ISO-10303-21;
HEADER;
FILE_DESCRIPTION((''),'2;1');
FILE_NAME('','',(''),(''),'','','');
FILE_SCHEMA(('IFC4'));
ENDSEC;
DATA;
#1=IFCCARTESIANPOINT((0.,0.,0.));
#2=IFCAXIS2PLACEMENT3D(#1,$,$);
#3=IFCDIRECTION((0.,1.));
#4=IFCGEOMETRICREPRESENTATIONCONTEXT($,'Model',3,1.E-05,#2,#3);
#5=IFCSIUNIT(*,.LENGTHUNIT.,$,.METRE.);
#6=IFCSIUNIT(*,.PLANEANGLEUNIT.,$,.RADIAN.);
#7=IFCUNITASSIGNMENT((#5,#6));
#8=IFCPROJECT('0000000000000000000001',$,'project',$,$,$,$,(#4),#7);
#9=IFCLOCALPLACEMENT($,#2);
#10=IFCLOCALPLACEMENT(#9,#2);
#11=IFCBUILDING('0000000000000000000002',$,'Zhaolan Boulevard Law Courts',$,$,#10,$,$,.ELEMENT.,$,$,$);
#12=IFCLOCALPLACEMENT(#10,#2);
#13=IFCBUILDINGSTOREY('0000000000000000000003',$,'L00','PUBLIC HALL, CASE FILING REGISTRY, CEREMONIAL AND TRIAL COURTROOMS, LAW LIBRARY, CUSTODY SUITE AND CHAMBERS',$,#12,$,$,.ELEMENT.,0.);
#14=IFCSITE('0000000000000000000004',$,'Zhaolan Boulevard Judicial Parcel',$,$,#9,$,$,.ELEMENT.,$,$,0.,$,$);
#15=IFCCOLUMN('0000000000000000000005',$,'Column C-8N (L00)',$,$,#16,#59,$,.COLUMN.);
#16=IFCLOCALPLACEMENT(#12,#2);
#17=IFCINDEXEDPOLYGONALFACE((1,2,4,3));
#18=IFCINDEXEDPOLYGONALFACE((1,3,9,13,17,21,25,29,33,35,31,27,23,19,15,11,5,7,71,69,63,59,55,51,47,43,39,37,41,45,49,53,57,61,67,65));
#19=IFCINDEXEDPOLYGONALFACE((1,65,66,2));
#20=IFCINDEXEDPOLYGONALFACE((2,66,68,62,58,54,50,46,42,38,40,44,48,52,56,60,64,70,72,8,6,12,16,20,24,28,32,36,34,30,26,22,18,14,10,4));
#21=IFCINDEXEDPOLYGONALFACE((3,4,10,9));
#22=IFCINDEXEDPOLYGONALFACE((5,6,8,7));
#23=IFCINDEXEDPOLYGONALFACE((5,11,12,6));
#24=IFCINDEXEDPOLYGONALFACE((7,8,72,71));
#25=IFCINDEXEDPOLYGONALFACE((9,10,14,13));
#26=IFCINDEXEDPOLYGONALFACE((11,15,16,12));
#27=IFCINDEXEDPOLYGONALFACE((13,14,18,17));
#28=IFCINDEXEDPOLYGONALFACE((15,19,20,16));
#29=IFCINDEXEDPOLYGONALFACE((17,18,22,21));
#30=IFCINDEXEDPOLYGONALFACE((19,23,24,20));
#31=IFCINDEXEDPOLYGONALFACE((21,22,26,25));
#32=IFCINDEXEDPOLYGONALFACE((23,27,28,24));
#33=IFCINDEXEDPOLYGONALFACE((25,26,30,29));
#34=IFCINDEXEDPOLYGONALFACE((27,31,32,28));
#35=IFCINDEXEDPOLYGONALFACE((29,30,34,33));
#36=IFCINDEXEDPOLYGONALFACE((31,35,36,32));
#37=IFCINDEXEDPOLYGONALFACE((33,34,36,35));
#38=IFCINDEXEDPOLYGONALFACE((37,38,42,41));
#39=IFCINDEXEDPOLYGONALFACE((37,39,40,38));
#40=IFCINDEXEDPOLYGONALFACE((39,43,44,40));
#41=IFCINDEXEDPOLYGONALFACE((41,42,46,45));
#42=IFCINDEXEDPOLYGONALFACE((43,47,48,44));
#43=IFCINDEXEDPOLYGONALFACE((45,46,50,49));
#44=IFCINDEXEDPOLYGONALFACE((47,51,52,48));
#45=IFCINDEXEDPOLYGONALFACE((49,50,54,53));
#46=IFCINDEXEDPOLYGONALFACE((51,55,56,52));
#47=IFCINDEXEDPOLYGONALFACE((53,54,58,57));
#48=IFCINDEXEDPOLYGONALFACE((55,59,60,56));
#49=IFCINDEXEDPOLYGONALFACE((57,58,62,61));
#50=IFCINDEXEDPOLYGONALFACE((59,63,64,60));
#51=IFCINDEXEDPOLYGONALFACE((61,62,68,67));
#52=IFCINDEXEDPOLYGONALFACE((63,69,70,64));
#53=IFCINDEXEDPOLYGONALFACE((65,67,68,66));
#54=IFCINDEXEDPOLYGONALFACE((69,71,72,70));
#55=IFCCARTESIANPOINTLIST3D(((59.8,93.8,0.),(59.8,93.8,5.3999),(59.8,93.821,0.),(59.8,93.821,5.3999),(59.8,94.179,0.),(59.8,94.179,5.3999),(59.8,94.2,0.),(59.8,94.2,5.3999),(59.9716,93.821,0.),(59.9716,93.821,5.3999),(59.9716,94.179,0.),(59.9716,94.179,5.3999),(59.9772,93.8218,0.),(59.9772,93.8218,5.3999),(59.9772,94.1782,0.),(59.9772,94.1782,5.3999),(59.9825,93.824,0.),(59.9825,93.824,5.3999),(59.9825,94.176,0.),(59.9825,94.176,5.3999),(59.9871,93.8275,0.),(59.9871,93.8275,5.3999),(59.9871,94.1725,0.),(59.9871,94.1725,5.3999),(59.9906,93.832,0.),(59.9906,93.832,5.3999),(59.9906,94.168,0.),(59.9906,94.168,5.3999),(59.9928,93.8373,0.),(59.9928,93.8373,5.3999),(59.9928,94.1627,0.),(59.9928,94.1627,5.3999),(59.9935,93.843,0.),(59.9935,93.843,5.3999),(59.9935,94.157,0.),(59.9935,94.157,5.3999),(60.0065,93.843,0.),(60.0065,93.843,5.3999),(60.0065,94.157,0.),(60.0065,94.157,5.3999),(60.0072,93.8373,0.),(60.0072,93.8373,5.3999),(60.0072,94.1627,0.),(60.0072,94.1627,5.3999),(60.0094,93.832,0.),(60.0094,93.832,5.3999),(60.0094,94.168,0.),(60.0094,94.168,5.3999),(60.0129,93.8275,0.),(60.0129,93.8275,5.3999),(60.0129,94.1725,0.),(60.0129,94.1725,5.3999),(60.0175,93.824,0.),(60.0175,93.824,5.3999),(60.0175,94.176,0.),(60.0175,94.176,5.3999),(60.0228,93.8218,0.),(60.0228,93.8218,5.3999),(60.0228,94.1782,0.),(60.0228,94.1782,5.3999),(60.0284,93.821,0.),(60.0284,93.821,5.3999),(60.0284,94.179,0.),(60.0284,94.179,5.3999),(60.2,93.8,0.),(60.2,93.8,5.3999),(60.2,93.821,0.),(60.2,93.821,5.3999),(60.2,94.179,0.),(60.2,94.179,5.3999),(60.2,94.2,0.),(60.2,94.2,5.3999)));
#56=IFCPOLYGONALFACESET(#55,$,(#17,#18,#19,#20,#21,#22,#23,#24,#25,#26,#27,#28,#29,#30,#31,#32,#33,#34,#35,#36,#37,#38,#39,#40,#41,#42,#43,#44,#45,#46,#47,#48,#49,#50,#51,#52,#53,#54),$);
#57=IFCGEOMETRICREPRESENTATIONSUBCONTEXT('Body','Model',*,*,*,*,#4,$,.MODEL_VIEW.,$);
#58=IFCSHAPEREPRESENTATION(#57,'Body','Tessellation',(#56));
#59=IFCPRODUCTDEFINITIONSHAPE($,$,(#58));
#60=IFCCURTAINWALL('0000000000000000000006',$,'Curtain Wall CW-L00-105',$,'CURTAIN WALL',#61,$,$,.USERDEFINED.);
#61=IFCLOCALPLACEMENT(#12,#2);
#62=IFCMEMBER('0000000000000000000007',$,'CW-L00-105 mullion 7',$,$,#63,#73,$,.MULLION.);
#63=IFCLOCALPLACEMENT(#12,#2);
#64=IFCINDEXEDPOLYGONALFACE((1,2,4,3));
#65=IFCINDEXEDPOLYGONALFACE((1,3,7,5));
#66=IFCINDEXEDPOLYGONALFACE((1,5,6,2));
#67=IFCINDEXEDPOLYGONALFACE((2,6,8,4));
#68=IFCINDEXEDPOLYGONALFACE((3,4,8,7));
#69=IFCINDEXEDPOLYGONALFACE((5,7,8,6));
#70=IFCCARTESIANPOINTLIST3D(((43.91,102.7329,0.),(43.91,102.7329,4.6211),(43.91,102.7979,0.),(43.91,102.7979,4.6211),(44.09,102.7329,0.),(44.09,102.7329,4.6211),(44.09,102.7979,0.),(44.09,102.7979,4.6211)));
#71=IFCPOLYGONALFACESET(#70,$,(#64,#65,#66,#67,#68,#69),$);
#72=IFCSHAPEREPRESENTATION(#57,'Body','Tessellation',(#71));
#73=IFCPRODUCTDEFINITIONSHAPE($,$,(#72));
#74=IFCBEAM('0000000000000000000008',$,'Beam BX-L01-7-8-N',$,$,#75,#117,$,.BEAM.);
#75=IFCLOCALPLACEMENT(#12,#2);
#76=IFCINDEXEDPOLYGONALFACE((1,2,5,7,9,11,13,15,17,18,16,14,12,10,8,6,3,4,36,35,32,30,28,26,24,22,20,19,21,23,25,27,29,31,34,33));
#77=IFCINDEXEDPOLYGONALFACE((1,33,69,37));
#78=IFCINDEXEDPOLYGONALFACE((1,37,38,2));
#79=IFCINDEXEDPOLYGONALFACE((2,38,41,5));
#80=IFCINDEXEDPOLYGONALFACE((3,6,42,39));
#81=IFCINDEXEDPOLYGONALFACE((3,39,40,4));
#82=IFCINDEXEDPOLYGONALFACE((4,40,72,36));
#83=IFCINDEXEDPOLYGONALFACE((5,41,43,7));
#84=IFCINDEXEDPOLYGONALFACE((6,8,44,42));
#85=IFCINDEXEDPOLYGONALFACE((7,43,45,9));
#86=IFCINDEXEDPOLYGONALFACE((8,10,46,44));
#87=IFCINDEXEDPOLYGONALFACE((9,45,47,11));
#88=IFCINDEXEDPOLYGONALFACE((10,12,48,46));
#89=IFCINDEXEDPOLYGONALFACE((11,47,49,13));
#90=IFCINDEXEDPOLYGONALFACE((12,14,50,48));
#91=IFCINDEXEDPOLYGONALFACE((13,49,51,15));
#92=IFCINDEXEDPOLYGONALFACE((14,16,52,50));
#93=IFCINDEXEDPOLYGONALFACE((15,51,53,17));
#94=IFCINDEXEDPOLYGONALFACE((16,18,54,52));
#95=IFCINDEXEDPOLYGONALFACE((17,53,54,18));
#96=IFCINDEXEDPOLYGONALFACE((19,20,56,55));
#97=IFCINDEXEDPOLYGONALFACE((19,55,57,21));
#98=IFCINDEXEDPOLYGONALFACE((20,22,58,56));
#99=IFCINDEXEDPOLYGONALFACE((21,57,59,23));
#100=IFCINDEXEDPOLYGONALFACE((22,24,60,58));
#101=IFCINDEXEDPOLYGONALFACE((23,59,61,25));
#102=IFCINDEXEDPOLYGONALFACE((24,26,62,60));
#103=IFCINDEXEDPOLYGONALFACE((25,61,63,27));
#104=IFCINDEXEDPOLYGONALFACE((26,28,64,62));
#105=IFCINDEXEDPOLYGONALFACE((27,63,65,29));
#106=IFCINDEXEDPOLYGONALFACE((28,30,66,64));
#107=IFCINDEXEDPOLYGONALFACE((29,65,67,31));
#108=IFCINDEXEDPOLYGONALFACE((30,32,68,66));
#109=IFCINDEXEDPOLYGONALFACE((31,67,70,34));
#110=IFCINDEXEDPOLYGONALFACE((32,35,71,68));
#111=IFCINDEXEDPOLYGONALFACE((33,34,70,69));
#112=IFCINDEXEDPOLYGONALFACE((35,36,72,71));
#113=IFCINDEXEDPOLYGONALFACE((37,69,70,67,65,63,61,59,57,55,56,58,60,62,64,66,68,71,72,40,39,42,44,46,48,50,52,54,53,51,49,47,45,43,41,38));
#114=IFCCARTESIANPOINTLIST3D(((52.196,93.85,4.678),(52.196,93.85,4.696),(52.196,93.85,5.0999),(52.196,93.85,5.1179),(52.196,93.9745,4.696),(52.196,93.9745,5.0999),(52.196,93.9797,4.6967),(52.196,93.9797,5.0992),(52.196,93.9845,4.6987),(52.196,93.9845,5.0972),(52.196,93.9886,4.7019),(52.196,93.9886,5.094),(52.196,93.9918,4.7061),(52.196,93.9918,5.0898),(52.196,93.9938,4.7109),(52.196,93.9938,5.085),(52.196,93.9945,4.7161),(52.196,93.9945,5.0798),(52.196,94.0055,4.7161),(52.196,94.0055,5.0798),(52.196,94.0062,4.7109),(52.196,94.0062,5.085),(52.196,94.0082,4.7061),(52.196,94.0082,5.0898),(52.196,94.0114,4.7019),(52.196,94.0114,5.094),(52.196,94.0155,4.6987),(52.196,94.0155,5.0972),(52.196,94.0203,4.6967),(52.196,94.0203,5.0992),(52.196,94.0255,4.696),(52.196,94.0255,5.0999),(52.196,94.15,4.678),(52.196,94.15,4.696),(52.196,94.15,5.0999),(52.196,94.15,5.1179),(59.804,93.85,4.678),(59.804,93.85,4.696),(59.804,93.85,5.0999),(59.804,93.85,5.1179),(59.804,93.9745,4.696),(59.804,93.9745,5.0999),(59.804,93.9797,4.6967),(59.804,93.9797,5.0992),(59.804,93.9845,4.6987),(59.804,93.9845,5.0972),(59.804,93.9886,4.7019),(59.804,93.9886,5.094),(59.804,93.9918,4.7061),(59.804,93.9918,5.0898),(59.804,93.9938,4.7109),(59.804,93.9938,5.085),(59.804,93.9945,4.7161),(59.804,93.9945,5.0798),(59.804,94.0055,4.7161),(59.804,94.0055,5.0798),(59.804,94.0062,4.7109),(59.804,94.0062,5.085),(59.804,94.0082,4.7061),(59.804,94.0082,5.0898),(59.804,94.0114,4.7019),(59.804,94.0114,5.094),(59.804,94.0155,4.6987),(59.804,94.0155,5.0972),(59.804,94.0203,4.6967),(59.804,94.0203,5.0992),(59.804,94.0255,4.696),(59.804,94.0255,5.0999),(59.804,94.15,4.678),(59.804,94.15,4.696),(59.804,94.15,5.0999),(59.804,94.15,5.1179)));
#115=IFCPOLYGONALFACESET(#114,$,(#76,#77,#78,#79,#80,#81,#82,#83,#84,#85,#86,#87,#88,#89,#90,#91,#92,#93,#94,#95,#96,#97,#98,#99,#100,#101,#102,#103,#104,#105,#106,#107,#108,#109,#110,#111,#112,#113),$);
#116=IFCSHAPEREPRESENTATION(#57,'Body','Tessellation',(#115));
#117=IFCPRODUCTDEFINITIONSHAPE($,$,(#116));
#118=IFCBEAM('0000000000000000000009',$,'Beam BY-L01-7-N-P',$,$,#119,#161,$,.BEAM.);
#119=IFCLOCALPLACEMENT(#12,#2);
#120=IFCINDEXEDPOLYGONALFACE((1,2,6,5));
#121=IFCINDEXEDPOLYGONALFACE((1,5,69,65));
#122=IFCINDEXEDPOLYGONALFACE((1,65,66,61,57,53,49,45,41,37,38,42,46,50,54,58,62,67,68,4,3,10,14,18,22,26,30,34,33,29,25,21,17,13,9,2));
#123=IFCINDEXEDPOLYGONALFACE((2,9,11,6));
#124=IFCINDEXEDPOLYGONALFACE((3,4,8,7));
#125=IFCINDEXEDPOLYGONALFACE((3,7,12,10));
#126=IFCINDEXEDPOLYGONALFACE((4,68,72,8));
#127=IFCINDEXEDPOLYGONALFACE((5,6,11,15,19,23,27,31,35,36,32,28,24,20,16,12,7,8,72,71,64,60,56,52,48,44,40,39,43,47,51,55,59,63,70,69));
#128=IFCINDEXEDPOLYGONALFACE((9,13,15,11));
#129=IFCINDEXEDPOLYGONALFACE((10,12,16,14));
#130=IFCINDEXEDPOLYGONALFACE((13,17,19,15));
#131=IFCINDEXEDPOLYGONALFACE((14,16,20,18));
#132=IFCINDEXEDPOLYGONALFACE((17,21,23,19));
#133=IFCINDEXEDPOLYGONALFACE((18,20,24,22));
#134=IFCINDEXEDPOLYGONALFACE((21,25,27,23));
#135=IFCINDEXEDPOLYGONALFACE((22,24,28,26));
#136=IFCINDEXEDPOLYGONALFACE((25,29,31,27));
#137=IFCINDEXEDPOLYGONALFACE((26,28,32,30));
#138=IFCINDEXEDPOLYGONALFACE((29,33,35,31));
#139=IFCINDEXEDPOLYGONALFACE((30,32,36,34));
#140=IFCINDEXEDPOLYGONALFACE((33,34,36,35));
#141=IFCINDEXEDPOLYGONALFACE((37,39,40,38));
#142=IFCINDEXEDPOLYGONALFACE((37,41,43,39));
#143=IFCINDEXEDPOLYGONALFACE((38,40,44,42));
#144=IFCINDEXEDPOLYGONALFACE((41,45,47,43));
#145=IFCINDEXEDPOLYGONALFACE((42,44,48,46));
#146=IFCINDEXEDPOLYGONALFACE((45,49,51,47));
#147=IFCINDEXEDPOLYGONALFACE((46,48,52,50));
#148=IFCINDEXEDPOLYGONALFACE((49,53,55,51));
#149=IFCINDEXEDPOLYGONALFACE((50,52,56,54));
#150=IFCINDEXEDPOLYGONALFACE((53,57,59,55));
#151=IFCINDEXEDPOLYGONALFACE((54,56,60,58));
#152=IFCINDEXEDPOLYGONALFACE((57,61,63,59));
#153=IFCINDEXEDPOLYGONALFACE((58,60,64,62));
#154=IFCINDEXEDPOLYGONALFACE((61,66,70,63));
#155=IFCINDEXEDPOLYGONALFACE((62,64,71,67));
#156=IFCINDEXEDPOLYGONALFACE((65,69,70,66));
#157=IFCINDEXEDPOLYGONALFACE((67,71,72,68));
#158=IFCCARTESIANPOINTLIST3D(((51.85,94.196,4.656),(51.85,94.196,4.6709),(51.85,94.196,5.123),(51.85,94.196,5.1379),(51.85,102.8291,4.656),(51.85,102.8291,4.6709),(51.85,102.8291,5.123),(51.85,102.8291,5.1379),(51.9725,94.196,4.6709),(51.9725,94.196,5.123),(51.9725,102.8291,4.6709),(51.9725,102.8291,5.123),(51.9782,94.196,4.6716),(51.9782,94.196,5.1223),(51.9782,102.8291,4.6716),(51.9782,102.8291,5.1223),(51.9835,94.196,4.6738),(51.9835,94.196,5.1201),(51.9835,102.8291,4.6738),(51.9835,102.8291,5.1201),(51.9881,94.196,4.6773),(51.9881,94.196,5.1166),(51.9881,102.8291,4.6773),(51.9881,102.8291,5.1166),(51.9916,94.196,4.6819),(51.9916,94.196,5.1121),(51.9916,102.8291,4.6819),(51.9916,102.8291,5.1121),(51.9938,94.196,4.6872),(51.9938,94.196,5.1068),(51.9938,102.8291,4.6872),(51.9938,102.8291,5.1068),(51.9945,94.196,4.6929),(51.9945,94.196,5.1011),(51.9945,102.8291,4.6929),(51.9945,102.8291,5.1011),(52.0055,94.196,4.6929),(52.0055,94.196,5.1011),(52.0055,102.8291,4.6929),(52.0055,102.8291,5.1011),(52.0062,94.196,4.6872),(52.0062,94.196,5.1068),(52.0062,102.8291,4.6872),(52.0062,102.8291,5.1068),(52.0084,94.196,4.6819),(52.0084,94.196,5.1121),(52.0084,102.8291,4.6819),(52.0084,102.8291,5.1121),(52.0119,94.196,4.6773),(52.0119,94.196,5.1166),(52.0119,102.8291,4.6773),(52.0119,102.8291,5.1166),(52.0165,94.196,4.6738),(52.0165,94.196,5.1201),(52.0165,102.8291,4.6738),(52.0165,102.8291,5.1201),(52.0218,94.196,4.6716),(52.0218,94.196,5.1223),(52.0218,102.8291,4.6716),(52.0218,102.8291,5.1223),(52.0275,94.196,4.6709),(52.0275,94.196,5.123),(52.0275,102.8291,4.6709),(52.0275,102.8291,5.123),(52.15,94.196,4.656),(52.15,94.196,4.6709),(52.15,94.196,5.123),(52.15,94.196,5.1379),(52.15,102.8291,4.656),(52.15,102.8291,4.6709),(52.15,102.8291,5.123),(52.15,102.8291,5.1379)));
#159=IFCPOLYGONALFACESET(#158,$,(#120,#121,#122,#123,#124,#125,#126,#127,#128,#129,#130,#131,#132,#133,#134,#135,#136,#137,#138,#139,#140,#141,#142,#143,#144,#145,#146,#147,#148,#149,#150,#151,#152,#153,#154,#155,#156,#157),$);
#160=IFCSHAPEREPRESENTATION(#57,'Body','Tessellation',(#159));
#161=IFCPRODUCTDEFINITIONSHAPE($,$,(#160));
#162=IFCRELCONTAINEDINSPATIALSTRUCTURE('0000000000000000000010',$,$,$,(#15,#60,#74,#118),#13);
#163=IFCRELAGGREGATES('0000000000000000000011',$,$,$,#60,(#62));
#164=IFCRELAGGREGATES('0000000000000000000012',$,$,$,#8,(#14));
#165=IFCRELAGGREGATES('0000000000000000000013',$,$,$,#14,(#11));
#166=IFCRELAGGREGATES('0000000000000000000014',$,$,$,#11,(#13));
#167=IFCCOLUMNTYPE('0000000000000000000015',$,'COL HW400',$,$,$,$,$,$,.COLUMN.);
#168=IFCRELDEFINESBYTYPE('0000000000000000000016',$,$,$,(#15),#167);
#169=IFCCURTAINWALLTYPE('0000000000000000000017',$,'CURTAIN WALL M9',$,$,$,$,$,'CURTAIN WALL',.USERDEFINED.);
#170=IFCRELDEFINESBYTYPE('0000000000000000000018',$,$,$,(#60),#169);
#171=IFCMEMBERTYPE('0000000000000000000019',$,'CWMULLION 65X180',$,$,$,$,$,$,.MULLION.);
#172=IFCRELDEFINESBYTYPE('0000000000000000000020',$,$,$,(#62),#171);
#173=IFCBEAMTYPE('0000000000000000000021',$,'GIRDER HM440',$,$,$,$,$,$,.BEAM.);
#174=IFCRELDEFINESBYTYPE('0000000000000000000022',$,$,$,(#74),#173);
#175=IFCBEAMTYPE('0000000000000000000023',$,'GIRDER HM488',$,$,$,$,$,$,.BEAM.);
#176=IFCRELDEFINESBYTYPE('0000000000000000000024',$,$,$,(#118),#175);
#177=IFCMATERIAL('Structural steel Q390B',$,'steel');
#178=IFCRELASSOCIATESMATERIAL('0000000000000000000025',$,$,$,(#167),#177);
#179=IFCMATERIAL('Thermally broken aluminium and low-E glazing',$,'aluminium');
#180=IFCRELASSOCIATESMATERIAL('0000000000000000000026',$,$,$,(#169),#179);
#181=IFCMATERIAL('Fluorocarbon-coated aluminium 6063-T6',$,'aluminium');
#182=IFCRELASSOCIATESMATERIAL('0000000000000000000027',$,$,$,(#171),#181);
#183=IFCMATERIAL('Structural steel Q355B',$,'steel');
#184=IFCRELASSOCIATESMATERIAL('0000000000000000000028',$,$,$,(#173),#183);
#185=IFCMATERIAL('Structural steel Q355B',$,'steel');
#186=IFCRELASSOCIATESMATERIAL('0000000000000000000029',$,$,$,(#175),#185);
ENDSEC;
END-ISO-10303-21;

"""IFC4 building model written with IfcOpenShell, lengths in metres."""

from ifc_helpers import new_model, si_unit, direction, frame, origin, origin_2d, place, context, subcontext, project, spatial, rectangle, i_section, extrude, material, material_profile, profile_set, type_object, element, aggregate, save


model = new_model("IFC4")

# Units and contexts
model_context = context("Model", 3, precision=1e-05, world=origin(), true_north=direction((0.0, 1.0)))
body_context = subcontext(model_context, "Body", "Model", "MODEL_VIEW")
ifc_project = project(units=[si_unit("LENGTHUNIT", "METRE"), si_unit("PLANEANGLEUNIT", "RADIAN")], contexts=[model_context])

# Site, building, storey
site_placement = place(None, origin())
site = spatial("IfcSite", under=ifc_project, at=site_placement, Name="Zhaolan Boulevard Judicial Parcel", CompositionType="ELEMENT", RefElevation=0.0)
building_placement = place(site_placement, origin())
building = spatial("IfcBuilding", under=site, at=building_placement, Name="Zhaolan Boulevard Law Courts", CompositionType="ELEMENT")
storey_placement = place(building_placement, origin())
storey = spatial("IfcBuildingStorey", under=building, at=storey_placement, Name="L00", Description="PUBLIC HALL, CASE FILING REGISTRY, CEREMONIAL AND TRIAL COURTROOMS, LAW LIBRARY, CUSTODY SUITE AND CHAMBERS", CompositionType="ELEMENT", Elevation=0.0)

# Column
ifc_material_1 = material(Name="Structural steel Q390B", Category="steel")
ifc_material_profile_1 = material_profile(ifc_material_1, i_section(OverallWidth=0.3999, OverallDepth=0.3999, WebThickness=0.0129, FlangeThickness=0.021, FilletRadius=0.022, at=origin_2d()), Name="HW400x400")
ifc_profile_set_1 = profile_set([ifc_material_profile_1], Name="Structural steel Q390B")
column_type = type_object("IfcColumnType", Name="COL HW400", PredefinedType="COLUMN", material=ifc_profile_set_1)
column_placement = place(storey_placement, frame((60.0, 94.0, 0.0), z_axis=(0.0, 0.0, 1.0), x_axis=(1.0, 0.0, 0.0)))
element("IfcColumn", 1, at=column_placement, inside=storey, type_object=column_type, Name="Column C-8N (L00)", PredefinedType="COLUMN", context=body_context, shape_type="SweptSolid", body=[
    extrude(i_section(OverallWidth=0.3999, OverallDepth=0.3999, WebThickness=0.0129, FlangeThickness=0.021, FilletRadius=0.022, at=origin_2d()), origin(), (0.0, 0.0, 1.0), 5.3999),
])

# Curtain wall, member
ifc_material_2 = material(Name="Thermally broken aluminium and low-E glazing", Category="aluminium")
curtain_wall_type = type_object("IfcCurtainWallType", Name="CURTAIN WALL M9", ElementType="CURTAIN WALL", PredefinedType="USERDEFINED", material=ifc_material_2)
curtain_wall_placement = place(storey_placement, origin())
curtain_wall = element("IfcCurtainWall", 2, at=curtain_wall_placement, inside=storey, type_object=curtain_wall_type, Name="Curtain Wall CW-L00-105", ObjectType="CURTAIN WALL", PredefinedType="USERDEFINED")
ifc_material_3 = material(Name="Fluorocarbon-coated aluminium 6063-T6", Category="aluminium")
ifc_material_profile_2 = material_profile(ifc_material_3, rectangle(XDim=0.1799, YDim=0.0649, at=origin_2d()), Name="AL65x180")
ifc_profile_set_2 = profile_set([ifc_material_profile_2], Name="Fluorocarbon-coated aluminium 6063-T6")
member_type = type_object("IfcMemberType", Name="CWMULLION 65X180", PredefinedType="MULLION", material=ifc_profile_set_2)
member_placement = place(storey_placement, frame((44.0, 102.7654, 0.0), z_axis=(0.0, 0.0, 1.0), x_axis=(-1.0, 0.0, 0.0)))
member = element("IfcMember", 3, at=member_placement, type_object=member_type, Name="CW-L00-105 mullion 7", PredefinedType="MULLION", context=body_context, shape_type="SweptSolid", body=[
    extrude(rectangle(XDim=0.1799, YDim=0.0649, at=origin_2d()), origin(), (0.0, 0.0, 1.0), 4.6211),
])

# Beams
ifc_material_4 = material(Name="Structural steel Q355B", Category="steel")
ifc_material_profile_3 = material_profile(ifc_material_4, i_section(OverallWidth=0.3, OverallDepth=0.4399, WebThickness=0.011, FlangeThickness=0.0181, FilletRadius=0.02, at=origin_2d()), Name="HM440x300")
ifc_profile_set_3 = profile_set([ifc_material_profile_3], Name="Structural steel Q355B")
beam_type_1 = type_object("IfcBeamType", Name="GIRDER HM440", PredefinedType="BEAM", material=ifc_profile_set_3)
beam_1_placement = place(storey_placement, frame((52.196, 94.0, 4.8979), z_axis=(1.0, 0.0, 0.0), x_axis=(0.0, 1.0, 0.0)))
element("IfcBeam", 4, at=beam_1_placement, inside=storey, type_object=beam_type_1, Name="Beam BX-L01-7-8-N", PredefinedType="BEAM", context=body_context, shape_type="SweptSolid", body=[
    extrude(i_section(OverallWidth=0.3, OverallDepth=0.4399, WebThickness=0.011, FlangeThickness=0.0181, FilletRadius=0.02, at=origin_2d()), origin(), (0.0, 0.0, 1.0), 7.6079),
])
ifc_material_5 = material(Name="Structural steel Q355B", Category="steel")
ifc_material_profile_4 = material_profile(ifc_material_5, i_section(OverallWidth=0.3, OverallDepth=0.4819, WebThickness=0.011, FlangeThickness=0.0149, FilletRadius=0.022, at=origin_2d()), Name="HM482x300")
ifc_profile_set_4 = profile_set([ifc_material_profile_4], Name="Structural steel Q355B")
beam_type_2 = type_object("IfcBeamType", Name="GIRDER HM488", PredefinedType="BEAM", material=ifc_profile_set_4)
for number, where, z_axis, x_axis, name in (
    (5, (52.0, 94.196, 4.897), (0.0, 1.0, 0.0), (-1.0, 0.0, 0.0), "Beam BY-L01-7-N-P"),
):
    element("IfcBeam", number, at=place(storey_placement, frame(where, z_axis=z_axis, x_axis=x_axis)), inside=storey, type_object=beam_type_2, Name=name, PredefinedType="BEAM", context=body_context, shape_type="SweptSolid", body=[
        extrude(i_section(OverallWidth=0.3, OverallDepth=0.4819, WebThickness=0.011, FlangeThickness=0.0149, FilletRadius=0.022, at=origin_2d()), origin(), (0.0, 0.0, 1.0), 8.6331),
    ])

aggregate(curtain_wall, [member])

save(model, "model.ifc")
